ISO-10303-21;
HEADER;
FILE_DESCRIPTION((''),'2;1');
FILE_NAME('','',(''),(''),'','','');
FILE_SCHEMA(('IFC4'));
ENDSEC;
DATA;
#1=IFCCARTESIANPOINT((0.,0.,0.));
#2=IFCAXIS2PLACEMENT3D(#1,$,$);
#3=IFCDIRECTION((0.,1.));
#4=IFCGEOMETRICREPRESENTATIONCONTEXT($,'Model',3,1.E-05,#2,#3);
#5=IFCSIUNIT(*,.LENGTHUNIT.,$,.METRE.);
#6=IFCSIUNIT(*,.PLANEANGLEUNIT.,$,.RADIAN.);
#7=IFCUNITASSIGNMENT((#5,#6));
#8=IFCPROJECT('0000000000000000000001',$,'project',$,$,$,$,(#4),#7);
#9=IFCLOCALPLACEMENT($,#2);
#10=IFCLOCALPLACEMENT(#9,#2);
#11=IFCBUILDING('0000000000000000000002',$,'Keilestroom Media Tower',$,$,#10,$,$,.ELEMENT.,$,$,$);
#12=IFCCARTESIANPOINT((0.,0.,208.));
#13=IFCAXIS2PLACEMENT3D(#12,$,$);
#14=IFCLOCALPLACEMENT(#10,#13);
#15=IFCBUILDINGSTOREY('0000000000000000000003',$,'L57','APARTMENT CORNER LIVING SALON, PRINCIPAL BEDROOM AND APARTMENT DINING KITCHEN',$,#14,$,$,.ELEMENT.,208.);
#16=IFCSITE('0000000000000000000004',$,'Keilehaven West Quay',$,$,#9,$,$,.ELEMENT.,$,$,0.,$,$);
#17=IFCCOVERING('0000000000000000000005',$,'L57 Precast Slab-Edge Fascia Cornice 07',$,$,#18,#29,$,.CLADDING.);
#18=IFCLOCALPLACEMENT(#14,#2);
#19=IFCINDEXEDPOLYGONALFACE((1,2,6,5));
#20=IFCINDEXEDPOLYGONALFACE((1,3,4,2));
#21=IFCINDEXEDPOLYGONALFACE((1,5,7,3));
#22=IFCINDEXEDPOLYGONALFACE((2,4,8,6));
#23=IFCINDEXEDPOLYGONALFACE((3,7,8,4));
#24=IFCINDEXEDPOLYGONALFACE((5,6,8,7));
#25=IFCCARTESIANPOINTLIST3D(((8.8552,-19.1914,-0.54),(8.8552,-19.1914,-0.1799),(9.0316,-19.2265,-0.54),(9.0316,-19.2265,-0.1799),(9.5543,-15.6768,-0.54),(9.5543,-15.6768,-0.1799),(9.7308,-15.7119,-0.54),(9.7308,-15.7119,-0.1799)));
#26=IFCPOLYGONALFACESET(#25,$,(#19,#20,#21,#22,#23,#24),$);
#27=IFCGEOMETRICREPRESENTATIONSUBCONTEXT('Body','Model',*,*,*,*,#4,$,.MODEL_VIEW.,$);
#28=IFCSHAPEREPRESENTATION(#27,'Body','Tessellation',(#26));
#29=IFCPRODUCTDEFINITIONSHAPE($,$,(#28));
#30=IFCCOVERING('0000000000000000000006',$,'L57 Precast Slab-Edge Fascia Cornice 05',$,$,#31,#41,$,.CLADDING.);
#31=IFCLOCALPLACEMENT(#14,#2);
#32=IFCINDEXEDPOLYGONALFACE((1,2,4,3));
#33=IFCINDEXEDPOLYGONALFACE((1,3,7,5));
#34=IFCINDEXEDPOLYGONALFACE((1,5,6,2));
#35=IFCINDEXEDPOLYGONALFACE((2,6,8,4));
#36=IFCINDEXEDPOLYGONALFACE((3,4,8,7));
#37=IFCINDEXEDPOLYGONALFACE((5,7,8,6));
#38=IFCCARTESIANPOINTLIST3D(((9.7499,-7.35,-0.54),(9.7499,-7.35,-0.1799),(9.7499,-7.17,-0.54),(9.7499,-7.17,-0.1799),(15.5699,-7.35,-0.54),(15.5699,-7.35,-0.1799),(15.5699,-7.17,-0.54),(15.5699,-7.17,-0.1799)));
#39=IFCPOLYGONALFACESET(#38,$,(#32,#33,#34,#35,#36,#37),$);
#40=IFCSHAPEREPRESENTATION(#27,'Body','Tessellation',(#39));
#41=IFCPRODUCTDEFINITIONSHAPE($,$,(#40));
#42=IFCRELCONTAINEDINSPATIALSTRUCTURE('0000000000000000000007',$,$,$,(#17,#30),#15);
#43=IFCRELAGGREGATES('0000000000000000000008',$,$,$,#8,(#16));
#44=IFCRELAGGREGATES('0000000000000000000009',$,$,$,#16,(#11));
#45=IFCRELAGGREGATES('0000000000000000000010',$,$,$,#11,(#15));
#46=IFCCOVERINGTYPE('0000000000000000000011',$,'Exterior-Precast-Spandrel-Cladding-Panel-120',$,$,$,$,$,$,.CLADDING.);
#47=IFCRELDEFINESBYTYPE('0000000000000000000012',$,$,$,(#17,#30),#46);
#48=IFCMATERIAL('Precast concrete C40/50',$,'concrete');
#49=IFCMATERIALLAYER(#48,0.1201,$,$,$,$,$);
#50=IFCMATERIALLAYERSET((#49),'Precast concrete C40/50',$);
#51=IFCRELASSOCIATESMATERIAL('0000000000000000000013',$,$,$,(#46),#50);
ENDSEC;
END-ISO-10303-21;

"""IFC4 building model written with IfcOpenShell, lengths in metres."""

from ifc_helpers import new_model, si_unit, direction, frame, origin, origin_2d, place, context, subcontext, project, spatial, rectangle, extrude, source, transform, mapped, material, layer, layer_set, type_object, element, save


model = new_model("IFC4")

# Units and contexts
model_context = context("Model", 3, precision=1e-05, world=origin(), true_north=direction((0.0, 1.0)))
body_context = subcontext(model_context, "Body", "Model", "MODEL_VIEW")
ifc_project = project(units=[si_unit("LENGTHUNIT", "METRE"), si_unit("PLANEANGLEUNIT", "RADIAN")], contexts=[model_context])

# Site, building, storey
site_placement = place(None, origin())
site = spatial("IfcSite", under=ifc_project, at=site_placement, Name="Keilehaven West Quay", CompositionType="ELEMENT", RefElevation=0.0)
building_placement = place(site_placement, origin())
building = spatial("IfcBuilding", under=site, at=building_placement, Name="Keilestroom Media Tower", CompositionType="ELEMENT")
storey_placement = place(building_placement, frame((0.0, 0.0, 208.0)))
storey = spatial("IfcBuildingStorey", under=building, at=storey_placement, Name="L57", Description="APARTMENT CORNER LIVING SALON, PRINCIPAL BEDROOM AND APARTMENT DINING KITCHEN", CompositionType="ELEMENT", Elevation=208.0)

# Shared definitions
ifc_material_1 = material(Name="Precast concrete C40/50", Category="concrete")

# Coverings
ifc_layer_1 = layer(ifc_material_1, 0.1201)
ifc_layer_set_1 = layer_set([ifc_layer_1], Name="Precast concrete C40/50")
covering_type = type_object("IfcCoveringType", Name="Exterior-Precast-Spandrel-Cladding-Panel-120", PredefinedType="CLADDING", material=ifc_layer_set_1)
shared_shape_1 = source(origin(), body_context, "Body", "SweptSolid", [
    extrude(rectangle(XDim=3.5835, YDim=0.1799, at=origin_2d()), origin(), (0.0, 0.0, 1.0), 0.3601),
])
covering_1_placement = place(storey_placement, frame((9.293, -17.4517, -0.54), z_axis=(0.0, 0.0, 1.0), x_axis=(-0.195099, -0.980784, 0.0)))
element("IfcCovering", 1, at=covering_1_placement, inside=storey, type_object=covering_type, Name="L57 Precast Slab-Edge Fascia Cornice 07", PredefinedType="CLADDING", context=body_context, shape_type="MappedRepresentation", body=[
    mapped(shared_shape_1, transform((0.0, 0.0, 0.0), x_axis=(1.0, 0.0, 0.0), y_axis=(0.0, 1.0, 0.0), z_axis=(0.0, 0.0, 1.0), scale=1.0)),
])
shared_shape_2 = source(origin(), body_context, "Body", "SweptSolid", [
    extrude(rectangle(XDim=5.8201, YDim=0.1799, at=origin_2d()), origin(), (0.0, 0.0, 1.0), 0.3601),
])
covering_2_placement = place(storey_placement, frame((12.6599, -7.26, -0.54), z_axis=(0.0, 0.0, 1.0), x_axis=(-1.0, 0.0, 0.0)))
element("IfcCovering", 2, at=covering_2_placement, inside=storey, type_object=covering_type, Name="L57 Precast Slab-Edge Fascia Cornice 05", PredefinedType="CLADDING", context=body_context, shape_type="MappedRepresentation", body=[
    mapped(shared_shape_2, transform((0.0, 0.0, 0.0), x_axis=(1.0, 0.0, 0.0), y_axis=(0.0, 1.0, 0.0), z_axis=(0.0, 0.0, 1.0), scale=1.0)),
])

save(model, "model.ifc")
